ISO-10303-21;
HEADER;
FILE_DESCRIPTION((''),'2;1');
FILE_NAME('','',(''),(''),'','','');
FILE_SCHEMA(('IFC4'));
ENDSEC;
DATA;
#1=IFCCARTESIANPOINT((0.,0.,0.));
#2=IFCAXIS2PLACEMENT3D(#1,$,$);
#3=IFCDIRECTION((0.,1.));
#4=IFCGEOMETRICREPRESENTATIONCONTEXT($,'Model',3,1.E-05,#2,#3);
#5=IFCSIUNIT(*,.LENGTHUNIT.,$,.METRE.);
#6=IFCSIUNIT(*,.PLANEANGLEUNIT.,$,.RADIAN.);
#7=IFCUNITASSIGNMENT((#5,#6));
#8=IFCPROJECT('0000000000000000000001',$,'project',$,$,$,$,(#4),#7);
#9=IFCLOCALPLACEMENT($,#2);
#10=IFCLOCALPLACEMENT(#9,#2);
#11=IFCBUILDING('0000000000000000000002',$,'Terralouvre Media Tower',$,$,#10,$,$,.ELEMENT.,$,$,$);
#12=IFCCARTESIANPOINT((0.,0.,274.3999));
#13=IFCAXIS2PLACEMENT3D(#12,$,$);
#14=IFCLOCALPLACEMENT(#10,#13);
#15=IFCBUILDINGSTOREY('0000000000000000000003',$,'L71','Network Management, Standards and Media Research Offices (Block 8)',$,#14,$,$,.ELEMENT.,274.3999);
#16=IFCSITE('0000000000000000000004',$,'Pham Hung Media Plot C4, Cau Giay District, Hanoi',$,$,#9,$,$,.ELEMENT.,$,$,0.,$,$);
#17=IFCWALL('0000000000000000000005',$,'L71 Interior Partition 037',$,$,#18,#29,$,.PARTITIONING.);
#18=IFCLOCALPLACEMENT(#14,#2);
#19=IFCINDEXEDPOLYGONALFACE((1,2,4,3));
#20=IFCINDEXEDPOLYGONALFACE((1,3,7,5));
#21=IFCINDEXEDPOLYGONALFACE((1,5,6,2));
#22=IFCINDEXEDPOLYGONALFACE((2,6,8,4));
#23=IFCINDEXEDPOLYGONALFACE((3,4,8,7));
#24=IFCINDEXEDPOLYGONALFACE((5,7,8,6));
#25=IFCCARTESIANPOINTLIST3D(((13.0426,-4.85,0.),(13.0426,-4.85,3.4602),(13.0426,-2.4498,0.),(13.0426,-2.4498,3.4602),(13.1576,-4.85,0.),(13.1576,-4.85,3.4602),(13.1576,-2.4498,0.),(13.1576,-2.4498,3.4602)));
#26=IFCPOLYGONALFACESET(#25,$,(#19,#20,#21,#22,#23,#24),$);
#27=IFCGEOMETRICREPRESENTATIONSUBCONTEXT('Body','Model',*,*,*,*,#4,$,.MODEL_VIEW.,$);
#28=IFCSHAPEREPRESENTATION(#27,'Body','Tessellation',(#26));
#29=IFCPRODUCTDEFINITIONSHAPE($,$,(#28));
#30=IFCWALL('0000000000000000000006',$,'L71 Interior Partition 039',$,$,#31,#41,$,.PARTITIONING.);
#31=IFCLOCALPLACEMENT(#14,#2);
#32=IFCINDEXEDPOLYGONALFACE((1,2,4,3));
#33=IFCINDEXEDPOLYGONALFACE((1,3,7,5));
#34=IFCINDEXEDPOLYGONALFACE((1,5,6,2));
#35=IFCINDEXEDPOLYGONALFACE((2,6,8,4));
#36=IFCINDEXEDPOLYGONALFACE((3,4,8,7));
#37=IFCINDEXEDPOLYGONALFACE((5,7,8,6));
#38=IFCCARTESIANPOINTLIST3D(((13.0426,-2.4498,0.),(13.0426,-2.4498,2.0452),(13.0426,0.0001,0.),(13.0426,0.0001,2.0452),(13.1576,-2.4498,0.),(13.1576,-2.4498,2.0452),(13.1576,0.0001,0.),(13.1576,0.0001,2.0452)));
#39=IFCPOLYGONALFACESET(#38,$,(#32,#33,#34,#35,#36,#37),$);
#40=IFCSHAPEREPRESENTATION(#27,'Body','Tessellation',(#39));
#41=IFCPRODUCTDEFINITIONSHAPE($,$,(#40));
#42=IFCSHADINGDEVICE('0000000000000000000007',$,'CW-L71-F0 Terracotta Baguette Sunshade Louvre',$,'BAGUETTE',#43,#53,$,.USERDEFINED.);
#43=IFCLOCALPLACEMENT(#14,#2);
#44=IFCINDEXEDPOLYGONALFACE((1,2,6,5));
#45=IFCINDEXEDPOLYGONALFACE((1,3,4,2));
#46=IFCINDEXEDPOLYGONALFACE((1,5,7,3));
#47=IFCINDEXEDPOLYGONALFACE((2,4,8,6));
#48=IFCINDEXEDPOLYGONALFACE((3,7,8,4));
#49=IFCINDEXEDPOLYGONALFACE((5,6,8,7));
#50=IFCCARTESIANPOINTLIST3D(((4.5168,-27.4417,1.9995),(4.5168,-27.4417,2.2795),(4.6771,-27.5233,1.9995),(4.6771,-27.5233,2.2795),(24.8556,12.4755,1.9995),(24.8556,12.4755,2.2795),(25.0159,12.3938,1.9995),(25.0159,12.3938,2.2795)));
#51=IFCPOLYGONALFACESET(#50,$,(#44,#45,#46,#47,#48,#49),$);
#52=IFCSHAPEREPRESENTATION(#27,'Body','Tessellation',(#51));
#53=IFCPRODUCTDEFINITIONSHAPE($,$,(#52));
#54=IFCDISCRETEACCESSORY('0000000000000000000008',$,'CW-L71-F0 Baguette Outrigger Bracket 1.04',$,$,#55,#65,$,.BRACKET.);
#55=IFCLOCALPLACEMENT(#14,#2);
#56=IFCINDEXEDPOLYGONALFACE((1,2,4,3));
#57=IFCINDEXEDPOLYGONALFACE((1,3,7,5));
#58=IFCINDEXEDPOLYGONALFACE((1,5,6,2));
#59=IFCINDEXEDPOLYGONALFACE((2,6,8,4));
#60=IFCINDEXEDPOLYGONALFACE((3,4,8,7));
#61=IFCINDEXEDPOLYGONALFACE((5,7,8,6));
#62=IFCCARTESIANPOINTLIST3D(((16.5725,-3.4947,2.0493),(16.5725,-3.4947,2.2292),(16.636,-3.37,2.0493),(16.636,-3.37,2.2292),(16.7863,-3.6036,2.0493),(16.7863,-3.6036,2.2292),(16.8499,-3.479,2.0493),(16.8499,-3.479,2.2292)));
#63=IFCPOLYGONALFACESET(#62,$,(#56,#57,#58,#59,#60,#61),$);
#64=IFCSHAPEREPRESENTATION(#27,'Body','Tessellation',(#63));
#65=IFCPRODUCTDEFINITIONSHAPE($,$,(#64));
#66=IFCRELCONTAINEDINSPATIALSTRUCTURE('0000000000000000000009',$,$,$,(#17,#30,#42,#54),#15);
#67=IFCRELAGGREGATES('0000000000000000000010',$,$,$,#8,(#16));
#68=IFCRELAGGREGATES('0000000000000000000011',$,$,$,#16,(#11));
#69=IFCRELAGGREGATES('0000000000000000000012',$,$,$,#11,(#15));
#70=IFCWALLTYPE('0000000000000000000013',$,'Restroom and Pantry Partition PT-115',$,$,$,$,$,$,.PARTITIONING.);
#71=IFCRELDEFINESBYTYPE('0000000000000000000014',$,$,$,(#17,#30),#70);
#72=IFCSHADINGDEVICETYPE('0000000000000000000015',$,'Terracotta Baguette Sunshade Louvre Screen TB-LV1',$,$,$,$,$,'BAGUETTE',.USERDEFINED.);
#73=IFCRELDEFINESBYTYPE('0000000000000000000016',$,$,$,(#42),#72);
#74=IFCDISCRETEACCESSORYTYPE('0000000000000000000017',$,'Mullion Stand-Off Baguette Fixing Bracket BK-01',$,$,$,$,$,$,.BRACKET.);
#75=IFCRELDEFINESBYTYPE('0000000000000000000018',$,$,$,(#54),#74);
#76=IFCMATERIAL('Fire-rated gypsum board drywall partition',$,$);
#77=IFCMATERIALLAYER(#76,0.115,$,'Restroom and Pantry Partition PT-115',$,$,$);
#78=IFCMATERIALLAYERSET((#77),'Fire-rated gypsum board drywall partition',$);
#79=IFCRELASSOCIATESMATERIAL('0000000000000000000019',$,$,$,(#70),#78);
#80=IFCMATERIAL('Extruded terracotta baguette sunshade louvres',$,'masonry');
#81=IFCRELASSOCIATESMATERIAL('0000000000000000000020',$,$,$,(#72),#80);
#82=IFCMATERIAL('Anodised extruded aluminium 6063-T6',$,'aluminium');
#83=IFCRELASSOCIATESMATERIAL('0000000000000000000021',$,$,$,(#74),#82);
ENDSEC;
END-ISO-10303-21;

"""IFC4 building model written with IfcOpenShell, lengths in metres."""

from ifc_helpers import new_model, si_unit, direction, frame, frame_2d, origin, origin_2d, place, context, subcontext, project, spatial, rectangle, extrude, material, layer, layer_set, type_object, element, save


model = new_model("IFC4")

# Units and contexts
model_context = context("Model", 3, precision=1e-05, world=origin(), true_north=direction((0.0, 1.0)))
body_context = subcontext(model_context, "Body", "Model", "MODEL_VIEW")
ifc_project = project(units=[si_unit("LENGTHUNIT", "METRE"), si_unit("PLANEANGLEUNIT", "RADIAN")], contexts=[model_context])

# Site, building, storey
site_placement = place(None, origin())
site = spatial("IfcSite", under=ifc_project, at=site_placement, Name="Pham Hung Media Plot C4, Cau Giay District, Hanoi", CompositionType="ELEMENT", RefElevation=0.0)
building_placement = place(site_placement, origin())
building = spatial("IfcBuilding", under=site, at=building_placement, Name="Terralouvre Media Tower", CompositionType="ELEMENT")
storey_placement = place(building_placement, frame((0.0, 0.0, 274.3999)))
storey = spatial("IfcBuildingStorey", under=building, at=storey_placement, Name="L71", Description="Network Management, Standards and Media Research Offices (Block 8)", CompositionType="ELEMENT", Elevation=274.3999)

# Shared definitions
ifc_material_1 = material(Name="Fire-rated gypsum board drywall partition")
ifc_layer_1 = layer(ifc_material_1, 0.115, Name="Restroom and Pantry Partition PT-115")
ifc_layer_set_1 = layer_set([ifc_layer_1], Name="Fire-rated gypsum board drywall partition")
wall_type_1 = type_object("IfcWallType", Name="Restroom and Pantry Partition PT-115", PredefinedType="PARTITIONING", material=ifc_layer_set_1)

# Walls
wall_1_placement = place(storey_placement, frame((13.1001, -4.8501, 0.0), z_axis=(0.0, 0.0, 1.0), x_axis=(0.0, 1.0, 0.0)))
element("IfcWall", 1, at=wall_1_placement, inside=storey, type_object=wall_type_1, Name="L71 Interior Partition 037", PredefinedType="PARTITIONING", context=body_context, shape_type="SweptSolid", body=[
    extrude(rectangle(XDim=2.4001, YDim=0.115, at=frame_2d((1.2002, 0.0))), origin(), (0.0, 0.0, 1.0), 3.4602),
])
wall_2_placement = place(storey_placement, frame((13.1001, -2.45, 0.0), z_axis=(0.0, 0.0, 1.0), x_axis=(0.0, 1.0, 0.0)))
element("IfcWall", 2, at=wall_2_placement, inside=storey, type_object=wall_type_1, Name="L71 Interior Partition 039", PredefinedType="PARTITIONING", context=body_context, shape_type="SweptSolid", body=[
    extrude(rectangle(XDim=2.45, YDim=0.115, at=frame_2d((1.2251, 0.0))), origin(), (0.0, 0.0, 1.0), 2.0452),
])

# Shading device
ifc_material_2 = material(Name="Extruded terracotta baguette sunshade louvres", Category="masonry")
shading_device_type = type_object("IfcShadingDeviceType", Name="Terracotta Baguette Sunshade Louvre Screen TB-LV1", ElementType="BAGUETTE", PredefinedType="USERDEFINED", material=ifc_material_2)
shading_device_placement = place(storey_placement, frame((14.7664, -7.5239, 1.9995), z_axis=(0.0, 0.0, 1.0), x_axis=(0.45399, 0.891007, 0.0)))
element("IfcShadingDevice", 3, at=shading_device_placement, inside=storey, type_object=shading_device_type, Name="CW-L71-F0 Terracotta Baguette Sunshade Louvre", ObjectType="BAGUETTE", PredefinedType="USERDEFINED", context=body_context, shape_type="SweptSolid", body=[
    extrude(rectangle(XDim=44.8, YDim=0.1799, at=origin_2d()), origin(), (0.0, 0.0, 1.0), 0.28),
])

# Discrete accessory
ifc_material_3 = material(Name="Anodised extruded aluminium 6063-T6", Category="aluminium")
discrete_accessory_type = type_object("IfcDiscreteAccessoryType", Name="Mullion Stand-Off Baguette Fixing Bracket BK-01", PredefinedType="BRACKET", material=ifc_material_3)
discrete_accessory_placement = place(storey_placement, frame((16.7112, -3.4868, 2.0493), z_axis=(0.0, 0.0, 1.0), x_axis=(0.45399, 0.891007, 0.0)))
element("IfcDiscreteAccessory", 4, at=discrete_accessory_placement, inside=storey, type_object=discrete_accessory_type, Name="CW-L71-F0 Baguette Outrigger Bracket 1.04", PredefinedType="BRACKET", context=body_context, shape_type="SweptSolid", body=[
    extrude(rectangle(XDim=0.1399, YDim=0.24, at=origin_2d()), origin(), (0.0, 0.0, 1.0), 0.1799),
])

save(model, "model.ifc")
